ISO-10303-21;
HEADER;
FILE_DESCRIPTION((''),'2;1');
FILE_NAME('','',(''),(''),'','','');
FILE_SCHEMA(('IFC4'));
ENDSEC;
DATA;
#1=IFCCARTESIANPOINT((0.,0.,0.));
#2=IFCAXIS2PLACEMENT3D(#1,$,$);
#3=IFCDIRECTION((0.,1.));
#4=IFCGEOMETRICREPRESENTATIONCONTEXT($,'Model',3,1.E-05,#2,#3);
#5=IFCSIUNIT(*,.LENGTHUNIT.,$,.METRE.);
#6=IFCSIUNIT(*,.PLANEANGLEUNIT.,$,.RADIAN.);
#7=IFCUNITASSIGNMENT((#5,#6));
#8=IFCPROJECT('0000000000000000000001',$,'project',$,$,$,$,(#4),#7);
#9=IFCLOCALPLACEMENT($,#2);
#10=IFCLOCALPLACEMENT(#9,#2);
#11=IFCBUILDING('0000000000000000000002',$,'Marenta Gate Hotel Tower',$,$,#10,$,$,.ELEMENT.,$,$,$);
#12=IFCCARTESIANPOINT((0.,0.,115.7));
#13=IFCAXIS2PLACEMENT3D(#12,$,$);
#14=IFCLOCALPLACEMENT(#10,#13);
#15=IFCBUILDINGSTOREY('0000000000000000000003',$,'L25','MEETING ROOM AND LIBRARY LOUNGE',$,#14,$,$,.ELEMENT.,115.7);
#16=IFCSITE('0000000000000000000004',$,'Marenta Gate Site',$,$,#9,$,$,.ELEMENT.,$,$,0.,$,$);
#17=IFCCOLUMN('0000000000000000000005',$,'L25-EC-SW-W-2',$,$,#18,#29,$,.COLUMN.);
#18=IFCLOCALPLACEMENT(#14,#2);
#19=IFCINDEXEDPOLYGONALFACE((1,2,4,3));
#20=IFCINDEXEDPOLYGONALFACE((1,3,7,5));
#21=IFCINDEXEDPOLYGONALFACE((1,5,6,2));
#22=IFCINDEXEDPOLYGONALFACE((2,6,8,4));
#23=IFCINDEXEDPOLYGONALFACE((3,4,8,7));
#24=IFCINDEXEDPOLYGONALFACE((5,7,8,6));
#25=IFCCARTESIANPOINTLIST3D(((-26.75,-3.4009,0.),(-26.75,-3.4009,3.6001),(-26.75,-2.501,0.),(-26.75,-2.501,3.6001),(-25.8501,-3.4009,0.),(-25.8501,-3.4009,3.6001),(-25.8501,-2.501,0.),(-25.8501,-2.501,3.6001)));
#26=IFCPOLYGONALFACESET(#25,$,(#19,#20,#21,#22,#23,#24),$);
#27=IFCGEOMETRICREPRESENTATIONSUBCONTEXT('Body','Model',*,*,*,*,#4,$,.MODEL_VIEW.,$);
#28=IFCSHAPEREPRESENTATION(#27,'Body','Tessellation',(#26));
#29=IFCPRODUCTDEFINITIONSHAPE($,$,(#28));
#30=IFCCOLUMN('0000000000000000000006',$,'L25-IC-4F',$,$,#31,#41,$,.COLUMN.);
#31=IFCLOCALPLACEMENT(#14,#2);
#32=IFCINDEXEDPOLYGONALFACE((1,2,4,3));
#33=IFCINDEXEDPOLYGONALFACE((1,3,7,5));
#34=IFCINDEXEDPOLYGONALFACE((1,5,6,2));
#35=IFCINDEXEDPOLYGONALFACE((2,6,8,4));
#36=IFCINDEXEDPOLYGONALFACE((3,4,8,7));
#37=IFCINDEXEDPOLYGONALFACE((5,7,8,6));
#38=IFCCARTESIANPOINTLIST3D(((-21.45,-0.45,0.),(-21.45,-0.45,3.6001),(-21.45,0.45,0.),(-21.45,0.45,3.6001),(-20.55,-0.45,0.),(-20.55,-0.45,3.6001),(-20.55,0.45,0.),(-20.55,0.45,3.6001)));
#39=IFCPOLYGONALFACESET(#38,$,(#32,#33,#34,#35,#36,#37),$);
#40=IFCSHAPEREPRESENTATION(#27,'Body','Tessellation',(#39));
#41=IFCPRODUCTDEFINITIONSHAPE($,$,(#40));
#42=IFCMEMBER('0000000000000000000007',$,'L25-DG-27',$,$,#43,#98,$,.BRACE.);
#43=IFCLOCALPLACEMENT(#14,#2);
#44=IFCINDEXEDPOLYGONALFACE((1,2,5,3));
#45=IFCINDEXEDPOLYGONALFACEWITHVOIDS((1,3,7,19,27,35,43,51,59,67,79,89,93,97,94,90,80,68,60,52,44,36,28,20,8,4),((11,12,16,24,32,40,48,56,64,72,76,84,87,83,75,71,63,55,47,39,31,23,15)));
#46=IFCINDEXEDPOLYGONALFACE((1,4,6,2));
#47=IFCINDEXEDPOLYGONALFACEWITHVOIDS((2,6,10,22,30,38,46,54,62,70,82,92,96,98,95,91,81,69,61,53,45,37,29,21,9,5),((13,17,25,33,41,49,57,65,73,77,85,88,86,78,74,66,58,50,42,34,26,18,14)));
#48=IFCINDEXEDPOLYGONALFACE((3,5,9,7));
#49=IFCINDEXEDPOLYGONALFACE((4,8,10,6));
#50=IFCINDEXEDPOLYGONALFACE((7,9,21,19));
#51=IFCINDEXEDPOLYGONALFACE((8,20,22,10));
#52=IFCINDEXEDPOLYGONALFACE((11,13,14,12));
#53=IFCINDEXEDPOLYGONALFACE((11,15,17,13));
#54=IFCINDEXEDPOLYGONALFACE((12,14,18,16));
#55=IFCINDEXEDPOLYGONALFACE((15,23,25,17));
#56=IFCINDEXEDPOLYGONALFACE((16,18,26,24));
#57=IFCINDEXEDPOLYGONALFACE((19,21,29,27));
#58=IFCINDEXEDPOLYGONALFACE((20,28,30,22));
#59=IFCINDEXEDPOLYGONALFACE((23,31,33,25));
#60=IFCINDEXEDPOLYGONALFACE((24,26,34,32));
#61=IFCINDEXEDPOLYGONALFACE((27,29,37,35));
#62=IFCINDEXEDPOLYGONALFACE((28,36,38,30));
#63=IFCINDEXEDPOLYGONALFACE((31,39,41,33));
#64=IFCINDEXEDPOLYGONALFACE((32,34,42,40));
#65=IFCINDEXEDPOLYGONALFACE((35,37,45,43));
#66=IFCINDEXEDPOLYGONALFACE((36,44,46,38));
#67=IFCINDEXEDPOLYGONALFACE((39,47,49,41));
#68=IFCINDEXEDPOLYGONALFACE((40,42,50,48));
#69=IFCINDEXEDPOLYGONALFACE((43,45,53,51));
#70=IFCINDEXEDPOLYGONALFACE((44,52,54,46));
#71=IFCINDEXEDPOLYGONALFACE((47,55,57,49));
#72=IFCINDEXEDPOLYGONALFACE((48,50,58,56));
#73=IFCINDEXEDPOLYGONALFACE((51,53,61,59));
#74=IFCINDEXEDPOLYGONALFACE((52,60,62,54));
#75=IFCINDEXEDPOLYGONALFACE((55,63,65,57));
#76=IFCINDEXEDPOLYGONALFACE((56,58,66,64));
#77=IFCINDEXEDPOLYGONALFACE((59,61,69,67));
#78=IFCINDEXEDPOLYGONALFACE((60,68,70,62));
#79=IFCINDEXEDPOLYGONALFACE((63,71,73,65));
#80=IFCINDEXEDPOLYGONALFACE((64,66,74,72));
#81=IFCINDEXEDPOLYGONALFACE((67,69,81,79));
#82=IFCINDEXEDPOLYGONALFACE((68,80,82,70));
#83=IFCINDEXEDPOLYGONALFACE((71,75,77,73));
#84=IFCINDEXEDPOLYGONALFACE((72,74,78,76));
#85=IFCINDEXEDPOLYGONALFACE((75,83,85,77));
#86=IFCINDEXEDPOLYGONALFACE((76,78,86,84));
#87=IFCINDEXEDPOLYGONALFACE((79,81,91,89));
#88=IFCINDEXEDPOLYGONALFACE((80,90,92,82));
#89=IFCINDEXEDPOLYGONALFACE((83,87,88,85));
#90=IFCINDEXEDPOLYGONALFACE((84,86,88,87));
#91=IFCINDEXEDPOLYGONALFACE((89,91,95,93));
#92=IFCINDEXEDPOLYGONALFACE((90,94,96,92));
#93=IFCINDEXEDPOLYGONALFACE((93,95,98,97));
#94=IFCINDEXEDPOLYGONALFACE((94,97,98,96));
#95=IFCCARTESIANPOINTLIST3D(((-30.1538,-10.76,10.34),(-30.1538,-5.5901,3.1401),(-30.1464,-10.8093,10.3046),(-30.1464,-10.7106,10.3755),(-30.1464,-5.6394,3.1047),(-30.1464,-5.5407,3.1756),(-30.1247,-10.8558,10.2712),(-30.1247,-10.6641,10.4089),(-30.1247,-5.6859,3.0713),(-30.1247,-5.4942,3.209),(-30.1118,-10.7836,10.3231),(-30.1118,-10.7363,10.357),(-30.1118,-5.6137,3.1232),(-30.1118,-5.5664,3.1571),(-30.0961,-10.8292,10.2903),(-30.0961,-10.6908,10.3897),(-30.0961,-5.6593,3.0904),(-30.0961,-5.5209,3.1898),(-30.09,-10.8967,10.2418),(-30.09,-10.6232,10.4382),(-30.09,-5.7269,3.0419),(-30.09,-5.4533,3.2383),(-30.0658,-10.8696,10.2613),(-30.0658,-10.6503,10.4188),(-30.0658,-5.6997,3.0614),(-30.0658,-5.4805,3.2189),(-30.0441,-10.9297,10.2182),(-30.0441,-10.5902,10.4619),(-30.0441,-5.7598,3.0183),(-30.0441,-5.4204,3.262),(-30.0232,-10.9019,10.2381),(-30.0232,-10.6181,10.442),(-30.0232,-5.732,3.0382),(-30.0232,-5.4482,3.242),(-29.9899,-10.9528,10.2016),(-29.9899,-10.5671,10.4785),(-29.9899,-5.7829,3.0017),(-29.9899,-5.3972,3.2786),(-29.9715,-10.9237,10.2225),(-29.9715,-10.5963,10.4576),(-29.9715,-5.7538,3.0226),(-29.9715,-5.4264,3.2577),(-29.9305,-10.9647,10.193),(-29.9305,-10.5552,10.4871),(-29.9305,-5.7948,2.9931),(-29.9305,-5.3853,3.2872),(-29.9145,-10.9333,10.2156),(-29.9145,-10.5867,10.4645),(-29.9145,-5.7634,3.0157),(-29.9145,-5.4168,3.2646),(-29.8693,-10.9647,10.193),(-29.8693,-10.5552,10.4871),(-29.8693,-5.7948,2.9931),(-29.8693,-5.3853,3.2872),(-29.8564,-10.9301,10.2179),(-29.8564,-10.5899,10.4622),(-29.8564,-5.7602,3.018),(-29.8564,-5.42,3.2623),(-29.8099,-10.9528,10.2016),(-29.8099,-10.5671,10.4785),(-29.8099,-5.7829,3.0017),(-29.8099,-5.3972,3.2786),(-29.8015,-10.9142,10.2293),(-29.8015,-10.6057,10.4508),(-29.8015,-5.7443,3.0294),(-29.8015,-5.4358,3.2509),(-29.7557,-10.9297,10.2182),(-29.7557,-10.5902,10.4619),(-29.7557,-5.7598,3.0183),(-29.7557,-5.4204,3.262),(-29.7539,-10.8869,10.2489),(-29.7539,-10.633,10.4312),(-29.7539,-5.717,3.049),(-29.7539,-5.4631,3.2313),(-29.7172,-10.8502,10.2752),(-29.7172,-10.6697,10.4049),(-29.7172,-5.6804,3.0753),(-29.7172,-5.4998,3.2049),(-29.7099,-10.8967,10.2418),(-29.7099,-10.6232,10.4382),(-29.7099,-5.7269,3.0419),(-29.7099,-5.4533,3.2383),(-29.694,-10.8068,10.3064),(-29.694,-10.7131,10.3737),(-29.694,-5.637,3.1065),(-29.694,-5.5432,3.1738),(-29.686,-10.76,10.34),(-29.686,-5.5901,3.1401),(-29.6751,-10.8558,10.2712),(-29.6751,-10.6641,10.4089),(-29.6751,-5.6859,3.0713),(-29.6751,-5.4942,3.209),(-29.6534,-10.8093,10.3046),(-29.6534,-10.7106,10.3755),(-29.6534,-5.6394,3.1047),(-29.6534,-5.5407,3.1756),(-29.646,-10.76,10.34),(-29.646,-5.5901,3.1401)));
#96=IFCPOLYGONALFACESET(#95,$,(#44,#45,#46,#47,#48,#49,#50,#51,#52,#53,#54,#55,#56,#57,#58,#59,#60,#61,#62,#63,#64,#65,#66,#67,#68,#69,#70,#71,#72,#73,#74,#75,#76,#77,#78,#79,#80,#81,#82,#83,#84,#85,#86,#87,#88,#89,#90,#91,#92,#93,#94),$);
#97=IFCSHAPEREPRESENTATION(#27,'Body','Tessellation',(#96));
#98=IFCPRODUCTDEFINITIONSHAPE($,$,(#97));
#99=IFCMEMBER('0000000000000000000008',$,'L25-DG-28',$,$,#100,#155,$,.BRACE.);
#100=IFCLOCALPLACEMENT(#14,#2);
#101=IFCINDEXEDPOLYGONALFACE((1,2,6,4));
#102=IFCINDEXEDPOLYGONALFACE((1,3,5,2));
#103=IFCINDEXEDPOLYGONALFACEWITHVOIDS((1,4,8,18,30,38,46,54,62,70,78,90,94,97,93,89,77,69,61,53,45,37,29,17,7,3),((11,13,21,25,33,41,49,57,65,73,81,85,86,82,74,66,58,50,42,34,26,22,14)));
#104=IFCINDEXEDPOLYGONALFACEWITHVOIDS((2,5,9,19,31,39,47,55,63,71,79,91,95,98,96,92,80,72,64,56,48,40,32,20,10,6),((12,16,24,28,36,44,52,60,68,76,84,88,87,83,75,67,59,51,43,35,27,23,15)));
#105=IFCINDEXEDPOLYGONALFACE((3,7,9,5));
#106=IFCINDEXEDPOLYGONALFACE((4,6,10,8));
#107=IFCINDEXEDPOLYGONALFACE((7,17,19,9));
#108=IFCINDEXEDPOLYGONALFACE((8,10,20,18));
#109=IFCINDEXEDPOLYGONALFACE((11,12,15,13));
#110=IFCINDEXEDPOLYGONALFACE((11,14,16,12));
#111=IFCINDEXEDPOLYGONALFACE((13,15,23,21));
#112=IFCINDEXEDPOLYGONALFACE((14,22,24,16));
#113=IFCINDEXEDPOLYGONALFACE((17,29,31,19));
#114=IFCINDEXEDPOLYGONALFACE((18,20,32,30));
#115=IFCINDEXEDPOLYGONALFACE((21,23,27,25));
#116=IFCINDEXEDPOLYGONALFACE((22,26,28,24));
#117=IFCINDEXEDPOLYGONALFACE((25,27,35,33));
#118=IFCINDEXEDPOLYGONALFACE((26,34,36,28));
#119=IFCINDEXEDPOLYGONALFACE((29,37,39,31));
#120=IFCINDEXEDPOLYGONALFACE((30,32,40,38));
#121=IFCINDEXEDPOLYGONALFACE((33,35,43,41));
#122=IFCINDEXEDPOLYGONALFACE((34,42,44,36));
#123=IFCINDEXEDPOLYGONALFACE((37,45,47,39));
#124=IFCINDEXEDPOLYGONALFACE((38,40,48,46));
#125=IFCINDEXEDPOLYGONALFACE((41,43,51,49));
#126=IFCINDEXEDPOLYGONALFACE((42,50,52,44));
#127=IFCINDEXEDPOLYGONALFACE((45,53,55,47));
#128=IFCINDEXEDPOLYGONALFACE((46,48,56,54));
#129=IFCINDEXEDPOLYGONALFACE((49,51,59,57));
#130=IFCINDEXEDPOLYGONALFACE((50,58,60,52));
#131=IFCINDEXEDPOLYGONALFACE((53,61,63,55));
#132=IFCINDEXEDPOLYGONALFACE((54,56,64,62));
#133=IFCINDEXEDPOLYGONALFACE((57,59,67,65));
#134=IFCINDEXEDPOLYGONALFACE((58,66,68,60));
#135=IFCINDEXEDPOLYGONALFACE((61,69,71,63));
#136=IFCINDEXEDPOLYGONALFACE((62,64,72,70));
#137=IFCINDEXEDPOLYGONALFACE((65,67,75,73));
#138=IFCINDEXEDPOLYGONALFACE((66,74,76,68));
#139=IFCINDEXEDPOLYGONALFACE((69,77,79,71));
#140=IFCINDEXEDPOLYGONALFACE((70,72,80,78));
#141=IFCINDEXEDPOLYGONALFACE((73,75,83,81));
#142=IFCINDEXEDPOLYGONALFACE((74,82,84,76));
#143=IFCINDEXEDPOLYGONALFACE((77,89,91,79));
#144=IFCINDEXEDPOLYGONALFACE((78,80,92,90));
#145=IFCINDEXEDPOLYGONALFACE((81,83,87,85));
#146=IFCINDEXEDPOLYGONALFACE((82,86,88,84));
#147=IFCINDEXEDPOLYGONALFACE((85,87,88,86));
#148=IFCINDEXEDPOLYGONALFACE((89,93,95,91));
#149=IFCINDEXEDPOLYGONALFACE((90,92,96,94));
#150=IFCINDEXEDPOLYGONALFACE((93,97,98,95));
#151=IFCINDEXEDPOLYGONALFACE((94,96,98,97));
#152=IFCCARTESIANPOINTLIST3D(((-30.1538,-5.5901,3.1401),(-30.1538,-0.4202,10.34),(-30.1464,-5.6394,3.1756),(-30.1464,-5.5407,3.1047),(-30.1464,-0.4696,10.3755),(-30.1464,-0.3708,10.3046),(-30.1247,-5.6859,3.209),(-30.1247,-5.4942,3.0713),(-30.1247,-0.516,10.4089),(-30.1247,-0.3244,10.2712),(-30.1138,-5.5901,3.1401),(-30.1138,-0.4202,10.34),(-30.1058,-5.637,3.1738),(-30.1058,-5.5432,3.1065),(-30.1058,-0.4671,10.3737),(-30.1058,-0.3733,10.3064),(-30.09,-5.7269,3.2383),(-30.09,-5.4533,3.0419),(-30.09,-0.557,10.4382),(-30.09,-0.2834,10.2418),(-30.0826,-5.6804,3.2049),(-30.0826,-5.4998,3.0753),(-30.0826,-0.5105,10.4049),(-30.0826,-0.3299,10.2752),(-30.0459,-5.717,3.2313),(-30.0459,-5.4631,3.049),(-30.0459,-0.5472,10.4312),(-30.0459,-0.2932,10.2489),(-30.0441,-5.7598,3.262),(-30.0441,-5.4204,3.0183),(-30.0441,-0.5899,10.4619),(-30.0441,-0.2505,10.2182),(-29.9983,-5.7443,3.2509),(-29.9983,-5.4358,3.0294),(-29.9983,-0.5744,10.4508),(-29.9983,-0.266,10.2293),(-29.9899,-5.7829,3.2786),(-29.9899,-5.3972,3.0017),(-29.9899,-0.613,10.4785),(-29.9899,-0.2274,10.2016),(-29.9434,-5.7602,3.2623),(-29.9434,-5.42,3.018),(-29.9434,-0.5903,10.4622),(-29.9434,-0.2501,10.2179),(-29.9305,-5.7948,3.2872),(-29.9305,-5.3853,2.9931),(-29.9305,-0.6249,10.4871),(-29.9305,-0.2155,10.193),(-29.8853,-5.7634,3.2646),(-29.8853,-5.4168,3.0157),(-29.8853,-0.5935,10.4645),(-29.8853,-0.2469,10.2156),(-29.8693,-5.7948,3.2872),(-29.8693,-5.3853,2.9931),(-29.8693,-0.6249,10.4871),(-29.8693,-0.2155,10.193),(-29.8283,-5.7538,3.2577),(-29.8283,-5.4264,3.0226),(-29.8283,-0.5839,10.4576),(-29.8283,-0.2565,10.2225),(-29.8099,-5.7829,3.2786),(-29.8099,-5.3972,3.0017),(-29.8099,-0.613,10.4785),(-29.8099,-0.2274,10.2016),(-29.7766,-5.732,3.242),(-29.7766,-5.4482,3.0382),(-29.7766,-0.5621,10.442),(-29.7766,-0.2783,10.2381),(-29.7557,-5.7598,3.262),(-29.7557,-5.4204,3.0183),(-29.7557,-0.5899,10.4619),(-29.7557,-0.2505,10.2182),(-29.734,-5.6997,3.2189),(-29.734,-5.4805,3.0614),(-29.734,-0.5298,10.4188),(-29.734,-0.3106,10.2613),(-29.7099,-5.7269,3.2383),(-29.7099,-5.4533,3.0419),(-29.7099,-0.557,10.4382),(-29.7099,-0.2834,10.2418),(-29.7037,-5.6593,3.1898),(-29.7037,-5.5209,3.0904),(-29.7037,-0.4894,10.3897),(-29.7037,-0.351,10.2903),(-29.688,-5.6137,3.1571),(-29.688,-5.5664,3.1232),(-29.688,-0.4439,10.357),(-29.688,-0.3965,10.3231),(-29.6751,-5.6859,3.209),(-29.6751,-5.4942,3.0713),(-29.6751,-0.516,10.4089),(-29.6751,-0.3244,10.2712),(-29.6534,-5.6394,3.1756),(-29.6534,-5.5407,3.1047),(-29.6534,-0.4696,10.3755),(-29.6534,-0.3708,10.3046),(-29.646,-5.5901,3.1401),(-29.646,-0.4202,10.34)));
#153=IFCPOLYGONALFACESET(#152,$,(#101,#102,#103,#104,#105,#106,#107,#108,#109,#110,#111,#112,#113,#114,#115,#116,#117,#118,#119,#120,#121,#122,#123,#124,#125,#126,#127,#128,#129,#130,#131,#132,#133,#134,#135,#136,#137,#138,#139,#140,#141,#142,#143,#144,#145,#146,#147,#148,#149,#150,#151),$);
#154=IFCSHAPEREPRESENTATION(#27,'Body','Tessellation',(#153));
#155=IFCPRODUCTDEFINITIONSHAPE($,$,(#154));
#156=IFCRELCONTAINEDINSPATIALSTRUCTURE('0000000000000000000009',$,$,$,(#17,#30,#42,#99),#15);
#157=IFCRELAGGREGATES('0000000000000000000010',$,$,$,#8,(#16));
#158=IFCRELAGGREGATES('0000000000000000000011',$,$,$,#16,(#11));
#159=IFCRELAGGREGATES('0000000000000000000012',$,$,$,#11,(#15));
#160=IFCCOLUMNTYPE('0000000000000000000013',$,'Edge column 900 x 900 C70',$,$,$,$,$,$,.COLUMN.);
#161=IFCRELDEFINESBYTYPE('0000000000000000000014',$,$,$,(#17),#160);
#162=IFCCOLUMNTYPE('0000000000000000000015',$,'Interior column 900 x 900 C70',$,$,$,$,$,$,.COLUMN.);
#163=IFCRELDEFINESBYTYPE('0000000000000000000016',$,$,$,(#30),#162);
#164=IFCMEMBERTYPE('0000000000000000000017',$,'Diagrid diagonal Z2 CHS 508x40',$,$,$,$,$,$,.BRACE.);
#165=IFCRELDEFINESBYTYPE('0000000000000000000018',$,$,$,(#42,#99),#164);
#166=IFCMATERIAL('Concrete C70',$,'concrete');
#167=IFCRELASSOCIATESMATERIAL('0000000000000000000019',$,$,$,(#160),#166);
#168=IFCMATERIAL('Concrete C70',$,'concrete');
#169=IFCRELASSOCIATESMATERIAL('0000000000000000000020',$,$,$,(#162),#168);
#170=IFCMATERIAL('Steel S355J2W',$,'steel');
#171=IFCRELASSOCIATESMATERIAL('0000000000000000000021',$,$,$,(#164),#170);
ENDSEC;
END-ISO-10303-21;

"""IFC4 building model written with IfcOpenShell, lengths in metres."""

from ifc_helpers import new_model, si_unit, direction, frame, origin, origin_2d, place, context, subcontext, project, spatial, rectangle, hollow_circle, extrude, material, material_profile, profile_set, type_object, element, save


model = new_model("IFC4")

# Units and contexts
model_context = context("Model", 3, precision=1e-05, world=origin(), true_north=direction((0.0, 1.0)))
body_context = subcontext(model_context, "Body", "Model", "MODEL_VIEW")
ifc_project = project(units=[si_unit("LENGTHUNIT", "METRE"), si_unit("PLANEANGLEUNIT", "RADIAN")], contexts=[model_context])

# Site, building, storey
site_placement = place(None, origin())
site = spatial("IfcSite", under=ifc_project, at=site_placement, Name="Marenta Gate Site", CompositionType="ELEMENT", RefElevation=0.0)
building_placement = place(site_placement, origin())
building = spatial("IfcBuilding", under=site, at=building_placement, Name="Marenta Gate Hotel Tower", CompositionType="ELEMENT")
storey_placement = place(building_placement, frame((0.0, 0.0, 115.7)))
storey = spatial("IfcBuildingStorey", under=building, at=storey_placement, Name="L25", Description="MEETING ROOM AND LIBRARY LOUNGE", CompositionType="ELEMENT", Elevation=115.7)

# Columns
ifc_material_1 = material(Name="Concrete C70", Category="concrete")
ifc_material_profile_1 = material_profile(ifc_material_1, rectangle(XDim=0.8999, YDim=0.8999, at=origin_2d()), Name="900 x 900")
ifc_profile_set_1 = profile_set([ifc_material_profile_1], Name="Concrete C70")
column_type_1 = type_object("IfcColumnType", Name="Edge column 900 x 900 C70", PredefinedType="COLUMN", material=ifc_profile_set_1)
column_1_placement = place(storey_placement, frame((-26.3, -2.9509, 0.0), z_axis=(0.0, 0.0, 1.0), x_axis=(1.0, 0.0, 0.0)))
element("IfcColumn", 1, at=column_1_placement, inside=storey, type_object=column_type_1, Name="L25-EC-SW-W-2", PredefinedType="COLUMN", context=body_context, shape_type="SweptSolid", body=[
    extrude(rectangle(XDim=0.8999, YDim=0.8999, at=origin_2d()), origin(), (0.0, 0.0, 1.0), 3.6001),
])
ifc_material_2 = material(Name="Concrete C70", Category="concrete")
ifc_material_profile_2 = material_profile(ifc_material_2, rectangle(XDim=0.8999, YDim=0.8999, at=origin_2d()), Name="900 x 900")
ifc_profile_set_2 = profile_set([ifc_material_profile_2], Name="Concrete C70")
column_type_2 = type_object("IfcColumnType", Name="Interior column 900 x 900 C70", PredefinedType="COLUMN", material=ifc_profile_set_2)
column_2_placement = place(storey_placement, frame((-21.0, 0.0, 0.0), z_axis=(0.0, 0.0, 1.0), x_axis=(1.0, 0.0, 0.0)))
element("IfcColumn", 2, at=column_2_placement, inside=storey, type_object=column_type_2, Name="L25-IC-4F", PredefinedType="COLUMN", context=body_context, shape_type="SweptSolid", body=[
    extrude(rectangle(XDim=0.8999, YDim=0.8999, at=origin_2d()), origin(), (0.0, 0.0, 1.0), 3.6001),
])

# Members
ifc_material_3 = material(Name="Steel S355J2W", Category="steel")
ifc_material_profile_3 = material_profile(ifc_material_3, hollow_circle(Radius=0.2539, WallThickness=0.04, at=origin_2d()), Name="CHS 508x40")
ifc_profile_set_3 = profile_set([ifc_material_profile_3], Name="Steel S355J2W")
member_type_1 = type_object("IfcMemberType", Name="Diagrid diagonal Z2 CHS 508x40", PredefinedType="BRACE", material=ifc_profile_set_3)
for number, where, z_axis, x_axis, name in (
    (3, (-29.8999, -5.5901, 3.1401), (0.0, -0.583261, 0.812285), (1.0, 0.0, 0.0), "L25-DG-27"),
    (4, (-29.8999, -5.5901, 3.1401), (0.0, 0.583261, 0.812285), (-1.0, 0.0, 0.0), "L25-DG-28"),
):
    element("IfcMember", number, at=place(storey_placement, frame(where, z_axis=z_axis, x_axis=x_axis)), inside=storey, type_object=member_type_1, Name=name, PredefinedType="BRACE", context=body_context, shape_type="SweptSolid", body=[
        extrude(hollow_circle(Radius=0.2539, WallThickness=0.04, at=origin_2d()), origin(), (0.0, 0.0, 1.0), 8.8638),
    ])

save(model, "model.ifc")
